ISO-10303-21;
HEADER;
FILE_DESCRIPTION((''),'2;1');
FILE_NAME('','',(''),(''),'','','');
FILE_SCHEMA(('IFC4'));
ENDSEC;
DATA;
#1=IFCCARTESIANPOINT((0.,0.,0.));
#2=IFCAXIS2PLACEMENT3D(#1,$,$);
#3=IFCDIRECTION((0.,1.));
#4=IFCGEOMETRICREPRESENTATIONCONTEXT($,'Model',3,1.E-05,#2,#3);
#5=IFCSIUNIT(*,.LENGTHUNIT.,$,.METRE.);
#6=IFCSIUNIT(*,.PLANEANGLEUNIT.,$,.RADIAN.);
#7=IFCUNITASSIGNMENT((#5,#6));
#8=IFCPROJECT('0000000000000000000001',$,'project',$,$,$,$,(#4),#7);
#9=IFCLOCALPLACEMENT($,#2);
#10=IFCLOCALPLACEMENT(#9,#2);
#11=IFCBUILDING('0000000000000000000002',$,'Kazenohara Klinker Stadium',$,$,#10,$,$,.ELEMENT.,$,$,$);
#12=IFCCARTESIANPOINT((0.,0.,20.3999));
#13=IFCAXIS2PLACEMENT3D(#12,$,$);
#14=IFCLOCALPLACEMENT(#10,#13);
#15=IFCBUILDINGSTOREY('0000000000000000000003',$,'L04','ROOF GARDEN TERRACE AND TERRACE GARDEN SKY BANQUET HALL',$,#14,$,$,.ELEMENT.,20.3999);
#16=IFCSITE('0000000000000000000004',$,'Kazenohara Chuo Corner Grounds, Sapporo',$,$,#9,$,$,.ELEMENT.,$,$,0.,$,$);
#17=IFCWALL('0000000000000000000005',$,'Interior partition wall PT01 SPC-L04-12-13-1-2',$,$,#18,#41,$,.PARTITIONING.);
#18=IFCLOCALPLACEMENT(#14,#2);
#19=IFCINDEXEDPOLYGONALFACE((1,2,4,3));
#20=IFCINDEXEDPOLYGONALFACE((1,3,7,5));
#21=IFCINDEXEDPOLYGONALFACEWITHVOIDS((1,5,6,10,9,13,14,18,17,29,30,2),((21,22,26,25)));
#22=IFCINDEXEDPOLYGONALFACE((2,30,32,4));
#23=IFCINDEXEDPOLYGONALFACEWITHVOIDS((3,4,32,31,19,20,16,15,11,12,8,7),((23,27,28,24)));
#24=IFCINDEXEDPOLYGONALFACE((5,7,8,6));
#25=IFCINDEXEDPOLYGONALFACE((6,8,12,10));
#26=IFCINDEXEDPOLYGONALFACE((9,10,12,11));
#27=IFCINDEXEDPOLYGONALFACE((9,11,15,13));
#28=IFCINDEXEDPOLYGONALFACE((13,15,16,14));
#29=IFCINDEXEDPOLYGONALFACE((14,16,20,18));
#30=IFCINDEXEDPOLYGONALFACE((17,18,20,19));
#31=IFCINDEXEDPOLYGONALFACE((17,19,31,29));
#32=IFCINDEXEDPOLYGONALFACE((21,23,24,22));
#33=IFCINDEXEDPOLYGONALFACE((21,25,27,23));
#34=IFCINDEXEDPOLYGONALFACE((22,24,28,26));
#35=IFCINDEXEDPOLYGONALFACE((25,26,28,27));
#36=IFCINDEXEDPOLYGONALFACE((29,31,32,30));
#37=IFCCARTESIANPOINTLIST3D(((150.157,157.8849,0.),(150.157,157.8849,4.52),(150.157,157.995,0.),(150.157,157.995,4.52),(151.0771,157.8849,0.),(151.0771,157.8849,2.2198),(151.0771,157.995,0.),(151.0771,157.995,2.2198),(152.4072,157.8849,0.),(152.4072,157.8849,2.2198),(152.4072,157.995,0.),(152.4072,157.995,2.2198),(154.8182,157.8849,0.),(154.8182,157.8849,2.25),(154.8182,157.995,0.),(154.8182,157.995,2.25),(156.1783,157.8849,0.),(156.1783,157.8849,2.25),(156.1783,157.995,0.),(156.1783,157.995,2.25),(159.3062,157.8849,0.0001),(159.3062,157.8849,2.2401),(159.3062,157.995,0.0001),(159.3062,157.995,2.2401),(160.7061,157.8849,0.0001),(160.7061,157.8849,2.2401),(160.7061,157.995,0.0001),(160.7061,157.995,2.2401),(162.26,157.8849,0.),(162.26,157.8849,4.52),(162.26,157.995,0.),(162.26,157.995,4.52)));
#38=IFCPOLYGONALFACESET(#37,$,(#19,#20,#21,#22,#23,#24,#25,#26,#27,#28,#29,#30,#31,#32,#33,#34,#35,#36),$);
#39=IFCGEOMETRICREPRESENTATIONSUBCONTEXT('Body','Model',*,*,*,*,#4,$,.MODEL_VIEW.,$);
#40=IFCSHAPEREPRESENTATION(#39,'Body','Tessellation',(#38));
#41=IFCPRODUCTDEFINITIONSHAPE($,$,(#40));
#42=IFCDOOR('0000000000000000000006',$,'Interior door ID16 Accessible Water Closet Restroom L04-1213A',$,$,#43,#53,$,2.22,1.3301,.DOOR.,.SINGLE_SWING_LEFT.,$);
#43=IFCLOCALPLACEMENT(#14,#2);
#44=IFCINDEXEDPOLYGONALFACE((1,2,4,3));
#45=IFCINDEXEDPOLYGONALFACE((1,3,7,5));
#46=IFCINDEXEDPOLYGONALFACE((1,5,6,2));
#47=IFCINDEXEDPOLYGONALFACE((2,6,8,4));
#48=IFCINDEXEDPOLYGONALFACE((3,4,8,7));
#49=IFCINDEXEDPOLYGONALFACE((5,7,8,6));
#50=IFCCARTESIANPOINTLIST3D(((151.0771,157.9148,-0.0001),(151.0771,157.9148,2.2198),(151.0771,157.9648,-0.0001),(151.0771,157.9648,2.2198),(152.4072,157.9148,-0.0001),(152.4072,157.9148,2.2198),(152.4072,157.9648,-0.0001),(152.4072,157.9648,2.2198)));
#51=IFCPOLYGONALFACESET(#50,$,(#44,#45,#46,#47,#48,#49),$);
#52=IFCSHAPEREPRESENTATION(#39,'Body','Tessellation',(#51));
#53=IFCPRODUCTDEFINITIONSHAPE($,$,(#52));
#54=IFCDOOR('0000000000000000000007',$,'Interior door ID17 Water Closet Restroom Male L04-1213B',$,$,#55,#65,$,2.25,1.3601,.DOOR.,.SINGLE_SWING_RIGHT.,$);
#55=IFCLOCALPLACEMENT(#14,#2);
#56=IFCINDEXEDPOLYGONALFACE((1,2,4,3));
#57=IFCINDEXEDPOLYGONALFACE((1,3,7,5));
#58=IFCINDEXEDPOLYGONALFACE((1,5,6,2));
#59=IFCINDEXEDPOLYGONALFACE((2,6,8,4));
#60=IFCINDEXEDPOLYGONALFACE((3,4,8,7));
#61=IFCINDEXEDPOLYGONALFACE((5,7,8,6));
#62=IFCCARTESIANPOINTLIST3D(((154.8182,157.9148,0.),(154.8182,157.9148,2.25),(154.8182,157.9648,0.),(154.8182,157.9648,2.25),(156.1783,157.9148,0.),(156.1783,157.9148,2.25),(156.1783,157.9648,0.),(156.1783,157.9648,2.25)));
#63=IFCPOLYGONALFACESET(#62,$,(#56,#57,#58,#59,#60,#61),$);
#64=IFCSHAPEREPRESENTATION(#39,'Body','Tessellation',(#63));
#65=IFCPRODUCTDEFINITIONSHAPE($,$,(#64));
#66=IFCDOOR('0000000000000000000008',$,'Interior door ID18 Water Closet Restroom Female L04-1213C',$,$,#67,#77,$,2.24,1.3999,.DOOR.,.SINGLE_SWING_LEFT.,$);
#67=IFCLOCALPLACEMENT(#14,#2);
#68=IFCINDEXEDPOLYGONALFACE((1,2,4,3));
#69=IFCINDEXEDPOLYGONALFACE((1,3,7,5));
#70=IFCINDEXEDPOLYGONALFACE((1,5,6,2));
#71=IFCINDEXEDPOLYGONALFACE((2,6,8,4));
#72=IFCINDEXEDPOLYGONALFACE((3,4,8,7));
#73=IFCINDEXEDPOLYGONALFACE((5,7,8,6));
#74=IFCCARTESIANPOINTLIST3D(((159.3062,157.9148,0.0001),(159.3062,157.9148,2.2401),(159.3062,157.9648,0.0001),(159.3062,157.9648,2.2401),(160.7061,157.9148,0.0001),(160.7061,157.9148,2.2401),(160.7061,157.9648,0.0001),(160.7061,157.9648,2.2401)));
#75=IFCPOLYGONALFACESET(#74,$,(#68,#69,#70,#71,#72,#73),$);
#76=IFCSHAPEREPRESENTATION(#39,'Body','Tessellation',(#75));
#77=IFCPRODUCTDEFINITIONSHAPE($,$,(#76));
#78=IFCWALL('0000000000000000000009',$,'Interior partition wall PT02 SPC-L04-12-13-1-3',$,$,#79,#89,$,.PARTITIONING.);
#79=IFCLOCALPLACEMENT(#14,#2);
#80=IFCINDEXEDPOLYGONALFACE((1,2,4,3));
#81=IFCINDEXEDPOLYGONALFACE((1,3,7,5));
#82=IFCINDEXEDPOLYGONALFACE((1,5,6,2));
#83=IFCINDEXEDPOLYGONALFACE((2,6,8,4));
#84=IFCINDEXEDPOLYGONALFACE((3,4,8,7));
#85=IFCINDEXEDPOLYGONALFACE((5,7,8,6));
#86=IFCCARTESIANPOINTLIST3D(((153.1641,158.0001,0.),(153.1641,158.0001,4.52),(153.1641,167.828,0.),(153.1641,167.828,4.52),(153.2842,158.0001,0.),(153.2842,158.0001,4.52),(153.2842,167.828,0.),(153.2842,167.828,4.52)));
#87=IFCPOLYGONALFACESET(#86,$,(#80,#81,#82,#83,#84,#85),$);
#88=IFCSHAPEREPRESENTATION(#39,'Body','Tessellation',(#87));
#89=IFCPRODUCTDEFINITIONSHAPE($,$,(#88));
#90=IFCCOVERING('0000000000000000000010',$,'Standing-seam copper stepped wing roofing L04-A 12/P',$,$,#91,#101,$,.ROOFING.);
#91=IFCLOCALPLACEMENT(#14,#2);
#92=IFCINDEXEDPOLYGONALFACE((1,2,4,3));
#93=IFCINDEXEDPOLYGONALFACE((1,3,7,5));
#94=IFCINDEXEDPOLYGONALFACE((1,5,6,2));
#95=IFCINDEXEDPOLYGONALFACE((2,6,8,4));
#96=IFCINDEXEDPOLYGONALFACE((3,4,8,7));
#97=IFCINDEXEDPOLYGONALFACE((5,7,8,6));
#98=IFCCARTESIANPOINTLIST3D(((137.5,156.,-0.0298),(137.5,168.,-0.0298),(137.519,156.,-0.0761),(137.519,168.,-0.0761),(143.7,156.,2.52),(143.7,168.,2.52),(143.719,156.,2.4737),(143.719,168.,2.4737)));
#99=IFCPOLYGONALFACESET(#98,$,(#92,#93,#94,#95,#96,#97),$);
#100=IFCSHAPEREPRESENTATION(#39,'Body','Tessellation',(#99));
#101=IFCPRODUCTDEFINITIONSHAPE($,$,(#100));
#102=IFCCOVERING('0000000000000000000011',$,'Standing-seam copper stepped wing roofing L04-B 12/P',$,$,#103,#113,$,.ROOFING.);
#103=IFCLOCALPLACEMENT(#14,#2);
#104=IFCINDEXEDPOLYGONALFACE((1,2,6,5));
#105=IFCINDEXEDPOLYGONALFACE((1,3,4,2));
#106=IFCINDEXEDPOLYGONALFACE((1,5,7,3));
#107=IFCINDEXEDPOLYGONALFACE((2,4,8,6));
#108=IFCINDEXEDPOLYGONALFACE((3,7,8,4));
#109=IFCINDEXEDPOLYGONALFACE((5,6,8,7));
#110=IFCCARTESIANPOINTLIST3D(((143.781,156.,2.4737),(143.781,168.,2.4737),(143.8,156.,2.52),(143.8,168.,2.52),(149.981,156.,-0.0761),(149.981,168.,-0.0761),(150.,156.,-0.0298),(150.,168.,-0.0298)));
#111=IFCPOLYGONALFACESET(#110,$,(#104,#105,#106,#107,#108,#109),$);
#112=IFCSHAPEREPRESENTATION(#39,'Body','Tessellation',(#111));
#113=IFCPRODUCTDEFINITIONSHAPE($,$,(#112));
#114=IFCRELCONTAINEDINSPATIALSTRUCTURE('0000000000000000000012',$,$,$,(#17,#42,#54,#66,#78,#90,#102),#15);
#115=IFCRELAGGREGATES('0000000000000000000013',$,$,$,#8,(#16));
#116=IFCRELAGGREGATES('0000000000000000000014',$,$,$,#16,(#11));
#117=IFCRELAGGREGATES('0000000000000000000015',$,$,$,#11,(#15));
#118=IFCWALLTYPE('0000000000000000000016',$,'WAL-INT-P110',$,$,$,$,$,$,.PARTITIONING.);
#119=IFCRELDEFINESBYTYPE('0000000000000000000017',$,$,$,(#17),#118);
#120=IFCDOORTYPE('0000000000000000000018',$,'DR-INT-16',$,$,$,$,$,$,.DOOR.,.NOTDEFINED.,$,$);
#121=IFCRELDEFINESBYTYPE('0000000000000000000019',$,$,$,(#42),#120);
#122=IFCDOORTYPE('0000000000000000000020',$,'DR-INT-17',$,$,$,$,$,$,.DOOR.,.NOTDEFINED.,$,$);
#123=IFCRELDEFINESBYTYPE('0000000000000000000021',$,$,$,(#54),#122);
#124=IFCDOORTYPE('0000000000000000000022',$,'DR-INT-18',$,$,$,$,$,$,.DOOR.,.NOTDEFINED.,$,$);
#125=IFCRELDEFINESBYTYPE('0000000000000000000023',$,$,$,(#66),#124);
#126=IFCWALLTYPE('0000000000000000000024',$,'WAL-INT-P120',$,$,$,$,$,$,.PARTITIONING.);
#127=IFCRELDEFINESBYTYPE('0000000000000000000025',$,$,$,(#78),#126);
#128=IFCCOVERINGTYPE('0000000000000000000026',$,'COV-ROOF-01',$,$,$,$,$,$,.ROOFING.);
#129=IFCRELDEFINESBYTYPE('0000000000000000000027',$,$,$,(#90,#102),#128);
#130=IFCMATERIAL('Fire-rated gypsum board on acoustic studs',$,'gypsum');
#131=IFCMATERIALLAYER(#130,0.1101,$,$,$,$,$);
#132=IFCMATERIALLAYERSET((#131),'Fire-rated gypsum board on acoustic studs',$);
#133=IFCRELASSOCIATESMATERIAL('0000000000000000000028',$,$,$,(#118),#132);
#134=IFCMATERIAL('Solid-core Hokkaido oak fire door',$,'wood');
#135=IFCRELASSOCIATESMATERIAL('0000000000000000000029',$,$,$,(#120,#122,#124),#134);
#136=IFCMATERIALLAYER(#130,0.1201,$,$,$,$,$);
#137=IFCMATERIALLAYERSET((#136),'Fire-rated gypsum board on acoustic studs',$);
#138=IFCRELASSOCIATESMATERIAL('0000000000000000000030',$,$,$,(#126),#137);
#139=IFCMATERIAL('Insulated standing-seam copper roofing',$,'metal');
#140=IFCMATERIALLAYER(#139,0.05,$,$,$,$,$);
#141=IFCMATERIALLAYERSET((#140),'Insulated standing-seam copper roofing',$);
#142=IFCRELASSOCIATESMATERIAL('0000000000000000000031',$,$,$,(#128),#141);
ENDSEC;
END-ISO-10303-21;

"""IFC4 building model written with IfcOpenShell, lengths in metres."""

from ifc_helpers import new_model, si_unit, direction, frame, frame_2d, origin, place, context, subcontext, project, spatial, polyline, rectangle, outline, extrude, material, layer, layer_set, type_object, element, fill, save


model = new_model("IFC4")

# Units and contexts
model_context = context("Model", 3, precision=1e-05, world=origin(), true_north=direction((0.0, 1.0)))
body_context = subcontext(model_context, "Body", "Model", "MODEL_VIEW")
ifc_project = project(units=[si_unit("LENGTHUNIT", "METRE"), si_unit("PLANEANGLEUNIT", "RADIAN")], contexts=[model_context])

# Site, building, storey
site_placement = place(None, origin())
site = spatial("IfcSite", under=ifc_project, at=site_placement, Name="Kazenohara Chuo Corner Grounds, Sapporo", CompositionType="ELEMENT", RefElevation=0.0)
building_placement = place(site_placement, origin())
building = spatial("IfcBuilding", under=site, at=building_placement, Name="Kazenohara Klinker Stadium", CompositionType="ELEMENT")
storey_placement = place(building_placement, frame((0.0, 0.0, 20.3999)))
storey = spatial("IfcBuildingStorey", under=building, at=storey_placement, Name="L04", Description="ROOF GARDEN TERRACE AND TERRACE GARDEN SKY BANQUET HALL", CompositionType="ELEMENT", Elevation=20.3999)

# Wall, openings, doors
ifc_material_1 = material(Name="Fire-rated gypsum board on acoustic studs", Category="gypsum")
ifc_layer_1 = layer(ifc_material_1, 0.1101)
ifc_layer_set_1 = layer_set([ifc_layer_1], Name="Fire-rated gypsum board on acoustic studs")
wall_type_1 = type_object("IfcWallType", Name="WAL-INT-P110", PredefinedType="PARTITIONING", material=ifc_layer_set_1)
wall_1_placement = place(storey_placement, frame((150.157, 157.9399, 0.0), z_axis=(0.0, 0.0, 1.0), x_axis=(1.0, 0.0, 0.0)))
wall_1 = element("IfcWall", 1, at=wall_1_placement, inside=storey, type_object=wall_type_1, Name="Interior partition wall PT01 SPC-L04-12-13-1-2", PredefinedType="PARTITIONING", context=body_context, shape_type="SweptSolid", body=[
    extrude(rectangle(XDim=12.103, YDim=0.1101, at=frame_2d((6.0515, 0.0))), origin(), (0.0, 0.0, 1.0), 4.52),
])
opening_1_placement = place(wall_1_placement, frame((0.9202, 0.0, 0.0)))
opening_1 = element("IfcOpeningElement", 2, at=opening_1_placement, cuts=wall_1, PredefinedType="OPENING", context=body_context, shape_type="SweptSolid", body=[
    extrude(rectangle(XDim=1.3301, YDim=2.22, at=frame_2d((0.665, 1.1099))), frame((0.0, 0.0649, 0.0), z_axis=(0.0, -1.0, 0.0), x_axis=(1.0, 0.0, 0.0)), (0.0, 0.0, 1.0), 0.1301),
])
opening_2_placement = place(wall_1_placement, frame((4.6611, 0.0, 0.0)))
opening_2 = element("IfcOpeningElement", 3, at=opening_2_placement, cuts=wall_1, PredefinedType="OPENING", context=body_context, shape_type="SweptSolid", body=[
    extrude(rectangle(XDim=1.3601, YDim=2.25, at=frame_2d((0.6802, 1.125))), frame((0.0, 0.0649, 0.0), z_axis=(0.0, -1.0, 0.0), x_axis=(1.0, 0.0, 0.0)), (0.0, 0.0, 1.0), 0.1301),
])
opening_3_placement = place(wall_1_placement, frame((9.1492, 0.0, 0.0)))
opening_3 = element("IfcOpeningElement", 4, at=opening_3_placement, cuts=wall_1, PredefinedType="OPENING", context=body_context, shape_type="SweptSolid", body=[
    extrude(rectangle(XDim=1.3999, YDim=2.24, at=frame_2d((0.7, 1.1201))), frame((0.0, 0.0649, 0.0), z_axis=(0.0, -1.0, 0.0), x_axis=(1.0, 0.0, 0.0)), (0.0, 0.0, 1.0), 0.1301),
])
ifc_material_2 = material(Name="Solid-core Hokkaido oak fire door", Category="wood")
door_type_1 = type_object("IfcDoorType", Name="DR-INT-16", OperationType="NOTDEFINED", PredefinedType="DOOR", material=ifc_material_2)
door_1_placement = place(opening_1_placement, origin())
door_1 = element("IfcDoor", 5, at=door_1_placement, inside=storey, type_object=door_type_1, Name="Interior door ID16 Accessible Water Closet Restroom L04-1213A", OperationType="SINGLE_SWING_LEFT", OverallHeight=2.22, OverallWidth=1.3301, PredefinedType="DOOR", context=body_context, shape_type="SweptSolid", body=[
    extrude(rectangle(XDim=1.3301, YDim=2.22, at=frame_2d((0.665, 1.1099))), frame((0.0, 0.0249, 0.0), z_axis=(0.0, -1.0, 0.0), x_axis=(1.0, 0.0, 0.0)), (0.0, 0.0, 1.0), 0.05),
])
fill(opening_1, door_1)
door_type_2 = type_object("IfcDoorType", Name="DR-INT-17", OperationType="NOTDEFINED", PredefinedType="DOOR", material=ifc_material_2)
door_2_placement = place(opening_2_placement, origin())
door_2 = element("IfcDoor", 6, at=door_2_placement, inside=storey, type_object=door_type_2, Name="Interior door ID17 Water Closet Restroom Male L04-1213B", OperationType="SINGLE_SWING_RIGHT", OverallHeight=2.25, OverallWidth=1.3601, PredefinedType="DOOR", context=body_context, shape_type="SweptSolid", body=[
    extrude(rectangle(XDim=1.3601, YDim=2.25, at=frame_2d((0.6802, 1.125))), frame((0.0, 0.0249, 0.0), z_axis=(0.0, -1.0, 0.0), x_axis=(1.0, 0.0, 0.0)), (0.0, 0.0, 1.0), 0.05),
])
fill(opening_2, door_2)
door_type_3 = type_object("IfcDoorType", Name="DR-INT-18", OperationType="NOTDEFINED", PredefinedType="DOOR", material=ifc_material_2)
door_3_placement = place(opening_3_placement, origin())
door_3 = element("IfcDoor", 7, at=door_3_placement, inside=storey, type_object=door_type_3, Name="Interior door ID18 Water Closet Restroom Female L04-1213C", OperationType="SINGLE_SWING_LEFT", OverallHeight=2.24, OverallWidth=1.3999, PredefinedType="DOOR", context=body_context, shape_type="SweptSolid", body=[
    extrude(rectangle(XDim=1.3999, YDim=2.24, at=frame_2d((0.7, 1.1201))), frame((0.0, 0.0249, 0.0), z_axis=(0.0, -1.0, 0.0), x_axis=(1.0, 0.0, 0.0)), (0.0, 0.0, 1.0), 0.05),
])
fill(opening_3, door_3)

# Wall
ifc_layer_2 = layer(ifc_material_1, 0.1201)
ifc_layer_set_2 = layer_set([ifc_layer_2], Name="Fire-rated gypsum board on acoustic studs")
wall_type_2 = type_object("IfcWallType", Name="WAL-INT-P120", PredefinedType="PARTITIONING", material=ifc_layer_set_2)
wall_2_placement = place(storey_placement, frame((153.2241, 158.0, 0.0), z_axis=(0.0, 0.0, 1.0), x_axis=(0.0, 1.0, 0.0)))
element("IfcWall", 8, at=wall_2_placement, inside=storey, type_object=wall_type_2, Name="Interior partition wall PT02 SPC-L04-12-13-1-3", PredefinedType="PARTITIONING", context=body_context, shape_type="SweptSolid", body=[
    extrude(rectangle(XDim=9.8279, YDim=0.1201, at=frame_2d((4.9141, 0.0))), origin(), (0.0, 0.0, 1.0), 4.52),
])

# Coverings
ifc_material_3 = material(Name="Insulated standing-seam copper roofing", Category="metal")
ifc_layer_3 = layer(ifc_material_3, 0.05)
ifc_layer_set_3 = layer_set([ifc_layer_3], Name="Insulated standing-seam copper roofing")
covering_type = type_object("IfcCoveringType", Name="COV-ROOF-01", PredefinedType="ROOFING", material=ifc_layer_set_3)
for number, where, z_axis, x_axis, name in (
    (9, (137.5, 156.0, -0.0298), (-0.380352, 0.0, 0.924842), (0.924842, 0.0, 0.380352), "Standing-seam copper stepped wing roofing L04-A 12/P"),
    (10, (143.8, 156.0, 2.52), (0.380352, 0.0, 0.924842), (0.924842, 0.0, -0.380352), "Standing-seam copper stepped wing roofing L04-B 12/P"),
):
    element("IfcCovering", number, at=place(storey_placement, frame(where, z_axis=z_axis, x_axis=x_axis)), inside=storey, type_object=covering_type, Name=name, PredefinedType="ROOFING", context=body_context, shape_type="SweptSolid", body=[
        extrude(outline(polyline([(0.0, 0.0), (6.7038, 0.0), (6.7038, 12.0), (0.0, 12.0), (0.0, 0.0)])), origin(), (0.0, 0.0, -1.0), 0.05),
    ])

save(model, "model.ifc")
